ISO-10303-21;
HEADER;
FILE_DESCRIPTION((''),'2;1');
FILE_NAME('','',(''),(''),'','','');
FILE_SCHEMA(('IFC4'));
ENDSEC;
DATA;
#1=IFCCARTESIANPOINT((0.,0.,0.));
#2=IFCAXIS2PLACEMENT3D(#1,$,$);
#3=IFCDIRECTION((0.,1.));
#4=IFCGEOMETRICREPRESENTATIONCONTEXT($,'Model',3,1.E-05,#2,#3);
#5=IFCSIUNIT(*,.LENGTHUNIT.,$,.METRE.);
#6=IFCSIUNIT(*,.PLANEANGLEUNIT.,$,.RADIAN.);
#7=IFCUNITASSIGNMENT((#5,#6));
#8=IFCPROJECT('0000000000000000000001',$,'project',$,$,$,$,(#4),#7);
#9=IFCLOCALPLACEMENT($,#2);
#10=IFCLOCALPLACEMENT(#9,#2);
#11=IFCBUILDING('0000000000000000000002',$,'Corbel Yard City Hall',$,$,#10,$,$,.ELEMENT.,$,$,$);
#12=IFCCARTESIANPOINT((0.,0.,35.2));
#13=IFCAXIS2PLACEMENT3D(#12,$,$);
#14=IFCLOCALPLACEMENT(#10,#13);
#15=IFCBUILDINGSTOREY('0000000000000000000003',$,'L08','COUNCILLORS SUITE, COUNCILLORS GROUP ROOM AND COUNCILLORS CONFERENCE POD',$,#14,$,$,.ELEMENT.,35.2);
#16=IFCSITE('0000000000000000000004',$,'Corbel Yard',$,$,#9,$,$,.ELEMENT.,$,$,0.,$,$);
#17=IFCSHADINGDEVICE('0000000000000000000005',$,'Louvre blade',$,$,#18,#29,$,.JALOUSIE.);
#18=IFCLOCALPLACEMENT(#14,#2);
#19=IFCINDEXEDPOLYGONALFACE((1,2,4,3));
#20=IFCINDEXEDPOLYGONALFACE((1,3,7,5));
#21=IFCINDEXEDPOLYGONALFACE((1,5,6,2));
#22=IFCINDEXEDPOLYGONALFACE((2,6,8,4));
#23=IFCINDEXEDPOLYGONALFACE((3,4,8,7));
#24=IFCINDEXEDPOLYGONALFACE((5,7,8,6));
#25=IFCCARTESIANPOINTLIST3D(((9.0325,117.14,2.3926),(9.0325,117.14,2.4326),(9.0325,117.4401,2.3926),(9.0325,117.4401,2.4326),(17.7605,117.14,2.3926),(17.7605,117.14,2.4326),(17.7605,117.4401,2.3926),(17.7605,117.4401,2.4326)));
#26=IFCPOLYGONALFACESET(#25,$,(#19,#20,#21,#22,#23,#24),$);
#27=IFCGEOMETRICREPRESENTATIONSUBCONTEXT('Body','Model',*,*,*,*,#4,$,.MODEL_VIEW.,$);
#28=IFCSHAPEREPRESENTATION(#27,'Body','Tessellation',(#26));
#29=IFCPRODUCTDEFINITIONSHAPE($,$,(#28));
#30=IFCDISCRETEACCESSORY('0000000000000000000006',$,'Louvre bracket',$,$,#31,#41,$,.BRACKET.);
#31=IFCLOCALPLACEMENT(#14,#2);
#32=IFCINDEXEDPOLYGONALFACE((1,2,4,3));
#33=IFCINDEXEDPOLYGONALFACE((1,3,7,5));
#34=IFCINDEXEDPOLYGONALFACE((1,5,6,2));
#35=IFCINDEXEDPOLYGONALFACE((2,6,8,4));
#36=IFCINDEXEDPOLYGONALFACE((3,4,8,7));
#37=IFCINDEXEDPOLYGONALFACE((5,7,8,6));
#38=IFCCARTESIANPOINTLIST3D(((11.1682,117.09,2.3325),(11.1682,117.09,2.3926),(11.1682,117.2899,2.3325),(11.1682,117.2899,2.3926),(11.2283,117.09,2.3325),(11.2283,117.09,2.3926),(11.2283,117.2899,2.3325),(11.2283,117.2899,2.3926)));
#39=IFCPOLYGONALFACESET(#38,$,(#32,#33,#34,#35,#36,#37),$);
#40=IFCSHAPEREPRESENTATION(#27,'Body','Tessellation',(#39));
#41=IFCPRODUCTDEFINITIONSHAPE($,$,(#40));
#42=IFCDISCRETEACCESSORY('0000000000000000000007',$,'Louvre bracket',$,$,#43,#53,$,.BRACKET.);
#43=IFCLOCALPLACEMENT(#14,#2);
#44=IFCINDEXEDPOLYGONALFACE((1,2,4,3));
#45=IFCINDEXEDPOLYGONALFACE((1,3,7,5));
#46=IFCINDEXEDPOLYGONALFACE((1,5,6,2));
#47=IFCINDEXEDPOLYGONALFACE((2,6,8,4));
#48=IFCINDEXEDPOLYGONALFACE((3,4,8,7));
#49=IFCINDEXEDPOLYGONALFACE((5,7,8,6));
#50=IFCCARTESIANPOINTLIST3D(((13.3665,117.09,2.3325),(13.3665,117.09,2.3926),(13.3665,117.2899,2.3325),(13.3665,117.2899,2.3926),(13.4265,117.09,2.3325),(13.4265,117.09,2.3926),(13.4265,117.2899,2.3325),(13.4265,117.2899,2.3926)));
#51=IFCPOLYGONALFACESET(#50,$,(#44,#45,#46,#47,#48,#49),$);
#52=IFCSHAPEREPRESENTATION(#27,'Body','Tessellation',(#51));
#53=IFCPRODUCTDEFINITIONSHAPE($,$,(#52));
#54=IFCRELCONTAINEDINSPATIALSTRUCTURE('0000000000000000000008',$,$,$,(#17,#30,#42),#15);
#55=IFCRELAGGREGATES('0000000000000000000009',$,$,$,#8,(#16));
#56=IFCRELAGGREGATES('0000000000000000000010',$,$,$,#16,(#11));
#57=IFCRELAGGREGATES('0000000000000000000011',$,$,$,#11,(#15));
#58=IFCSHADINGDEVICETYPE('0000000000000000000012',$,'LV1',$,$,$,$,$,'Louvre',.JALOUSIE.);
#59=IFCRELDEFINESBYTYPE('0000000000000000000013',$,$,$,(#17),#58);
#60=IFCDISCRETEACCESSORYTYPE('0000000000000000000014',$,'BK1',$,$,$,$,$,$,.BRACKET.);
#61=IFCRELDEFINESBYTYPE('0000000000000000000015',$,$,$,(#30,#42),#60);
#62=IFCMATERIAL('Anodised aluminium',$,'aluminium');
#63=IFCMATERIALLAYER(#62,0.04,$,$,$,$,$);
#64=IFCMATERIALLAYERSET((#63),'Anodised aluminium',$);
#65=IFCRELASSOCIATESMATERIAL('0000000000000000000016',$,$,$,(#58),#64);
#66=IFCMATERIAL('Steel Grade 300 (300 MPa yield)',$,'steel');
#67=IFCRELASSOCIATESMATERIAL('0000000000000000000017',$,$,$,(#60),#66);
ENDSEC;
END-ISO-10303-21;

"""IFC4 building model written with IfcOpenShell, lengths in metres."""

from ifc_helpers import new_model, si_unit, direction, frame, origin, origin_2d, place, context, subcontext, project, spatial, rectangle, extrude, material, layer, layer_set, type_object, element, save


model = new_model("IFC4")

# Units and contexts
model_context = context("Model", 3, precision=1e-05, world=origin(), true_north=direction((0.0, 1.0)))
body_context = subcontext(model_context, "Body", "Model", "MODEL_VIEW")
ifc_project = project(units=[si_unit("LENGTHUNIT", "METRE"), si_unit("PLANEANGLEUNIT", "RADIAN")], contexts=[model_context])

# Site, building, storey
site_placement = place(None, origin())
site = spatial("IfcSite", under=ifc_project, at=site_placement, Name="Corbel Yard", CompositionType="ELEMENT", RefElevation=0.0)
building_placement = place(site_placement, origin())
building = spatial("IfcBuilding", under=site, at=building_placement, Name="Corbel Yard City Hall", CompositionType="ELEMENT")
storey_placement = place(building_placement, frame((0.0, 0.0, 35.2)))
storey = spatial("IfcBuildingStorey", under=building, at=storey_placement, Name="L08", Description="COUNCILLORS SUITE, COUNCILLORS GROUP ROOM AND COUNCILLORS CONFERENCE POD", CompositionType="ELEMENT", Elevation=35.2)

# Shading device
ifc_material_1 = material(Name="Anodised aluminium", Category="aluminium")
ifc_layer_1 = layer(ifc_material_1, 0.04)
ifc_layer_set_1 = layer_set([ifc_layer_1], Name="Anodised aluminium")
shading_device_type = type_object("IfcShadingDeviceType", Name="LV1", ElementType="Louvre", PredefinedType="JALOUSIE", material=ifc_layer_set_1)
shading_device_placement = place(storey_placement, frame((13.3965, 117.29, 2.3926), z_axis=(0.0, 0.0, 1.0), x_axis=(1.0, 0.0, 0.0)))
element("IfcShadingDevice", 1, at=shading_device_placement, inside=storey, type_object=shading_device_type, Name="Louvre blade", PredefinedType="JALOUSIE", context=body_context, shape_type="SweptSolid", body=[
    extrude(rectangle(XDim=8.728, YDim=0.3, at=origin_2d()), origin(), (0.0, 0.0, 1.0), 0.04),
])

# Discrete accessories
ifc_material_2 = material(Name="Steel Grade 300 (300 MPa yield)", Category="steel")
discrete_accessory_type = type_object("IfcDiscreteAccessoryType", Name="BK1", PredefinedType="BRACKET", material=ifc_material_2)
for number, where, z_axis, x_axis, name in (
    (2, (11.1982, 117.1899, 2.3325), (0.0, 0.0, 1.0), (1.0, 0.0, 0.0), "Louvre bracket"),
    (3, (13.3965, 117.1899, 2.3325), (0.0, 0.0, 1.0), (1.0, 0.0, 0.0), "Louvre bracket"),
):
    element("IfcDiscreteAccessory", number, at=place(storey_placement, frame(where, z_axis=z_axis, x_axis=x_axis)), inside=storey, type_object=discrete_accessory_type, Name=name, PredefinedType="BRACKET", context=body_context, shape_type="SweptSolid", body=[
        extrude(rectangle(XDim=0.0601, YDim=0.2, at=origin_2d()), origin(), (0.0, 0.0, 1.0), 0.0601),
    ])

save(model, "model.ifc")
